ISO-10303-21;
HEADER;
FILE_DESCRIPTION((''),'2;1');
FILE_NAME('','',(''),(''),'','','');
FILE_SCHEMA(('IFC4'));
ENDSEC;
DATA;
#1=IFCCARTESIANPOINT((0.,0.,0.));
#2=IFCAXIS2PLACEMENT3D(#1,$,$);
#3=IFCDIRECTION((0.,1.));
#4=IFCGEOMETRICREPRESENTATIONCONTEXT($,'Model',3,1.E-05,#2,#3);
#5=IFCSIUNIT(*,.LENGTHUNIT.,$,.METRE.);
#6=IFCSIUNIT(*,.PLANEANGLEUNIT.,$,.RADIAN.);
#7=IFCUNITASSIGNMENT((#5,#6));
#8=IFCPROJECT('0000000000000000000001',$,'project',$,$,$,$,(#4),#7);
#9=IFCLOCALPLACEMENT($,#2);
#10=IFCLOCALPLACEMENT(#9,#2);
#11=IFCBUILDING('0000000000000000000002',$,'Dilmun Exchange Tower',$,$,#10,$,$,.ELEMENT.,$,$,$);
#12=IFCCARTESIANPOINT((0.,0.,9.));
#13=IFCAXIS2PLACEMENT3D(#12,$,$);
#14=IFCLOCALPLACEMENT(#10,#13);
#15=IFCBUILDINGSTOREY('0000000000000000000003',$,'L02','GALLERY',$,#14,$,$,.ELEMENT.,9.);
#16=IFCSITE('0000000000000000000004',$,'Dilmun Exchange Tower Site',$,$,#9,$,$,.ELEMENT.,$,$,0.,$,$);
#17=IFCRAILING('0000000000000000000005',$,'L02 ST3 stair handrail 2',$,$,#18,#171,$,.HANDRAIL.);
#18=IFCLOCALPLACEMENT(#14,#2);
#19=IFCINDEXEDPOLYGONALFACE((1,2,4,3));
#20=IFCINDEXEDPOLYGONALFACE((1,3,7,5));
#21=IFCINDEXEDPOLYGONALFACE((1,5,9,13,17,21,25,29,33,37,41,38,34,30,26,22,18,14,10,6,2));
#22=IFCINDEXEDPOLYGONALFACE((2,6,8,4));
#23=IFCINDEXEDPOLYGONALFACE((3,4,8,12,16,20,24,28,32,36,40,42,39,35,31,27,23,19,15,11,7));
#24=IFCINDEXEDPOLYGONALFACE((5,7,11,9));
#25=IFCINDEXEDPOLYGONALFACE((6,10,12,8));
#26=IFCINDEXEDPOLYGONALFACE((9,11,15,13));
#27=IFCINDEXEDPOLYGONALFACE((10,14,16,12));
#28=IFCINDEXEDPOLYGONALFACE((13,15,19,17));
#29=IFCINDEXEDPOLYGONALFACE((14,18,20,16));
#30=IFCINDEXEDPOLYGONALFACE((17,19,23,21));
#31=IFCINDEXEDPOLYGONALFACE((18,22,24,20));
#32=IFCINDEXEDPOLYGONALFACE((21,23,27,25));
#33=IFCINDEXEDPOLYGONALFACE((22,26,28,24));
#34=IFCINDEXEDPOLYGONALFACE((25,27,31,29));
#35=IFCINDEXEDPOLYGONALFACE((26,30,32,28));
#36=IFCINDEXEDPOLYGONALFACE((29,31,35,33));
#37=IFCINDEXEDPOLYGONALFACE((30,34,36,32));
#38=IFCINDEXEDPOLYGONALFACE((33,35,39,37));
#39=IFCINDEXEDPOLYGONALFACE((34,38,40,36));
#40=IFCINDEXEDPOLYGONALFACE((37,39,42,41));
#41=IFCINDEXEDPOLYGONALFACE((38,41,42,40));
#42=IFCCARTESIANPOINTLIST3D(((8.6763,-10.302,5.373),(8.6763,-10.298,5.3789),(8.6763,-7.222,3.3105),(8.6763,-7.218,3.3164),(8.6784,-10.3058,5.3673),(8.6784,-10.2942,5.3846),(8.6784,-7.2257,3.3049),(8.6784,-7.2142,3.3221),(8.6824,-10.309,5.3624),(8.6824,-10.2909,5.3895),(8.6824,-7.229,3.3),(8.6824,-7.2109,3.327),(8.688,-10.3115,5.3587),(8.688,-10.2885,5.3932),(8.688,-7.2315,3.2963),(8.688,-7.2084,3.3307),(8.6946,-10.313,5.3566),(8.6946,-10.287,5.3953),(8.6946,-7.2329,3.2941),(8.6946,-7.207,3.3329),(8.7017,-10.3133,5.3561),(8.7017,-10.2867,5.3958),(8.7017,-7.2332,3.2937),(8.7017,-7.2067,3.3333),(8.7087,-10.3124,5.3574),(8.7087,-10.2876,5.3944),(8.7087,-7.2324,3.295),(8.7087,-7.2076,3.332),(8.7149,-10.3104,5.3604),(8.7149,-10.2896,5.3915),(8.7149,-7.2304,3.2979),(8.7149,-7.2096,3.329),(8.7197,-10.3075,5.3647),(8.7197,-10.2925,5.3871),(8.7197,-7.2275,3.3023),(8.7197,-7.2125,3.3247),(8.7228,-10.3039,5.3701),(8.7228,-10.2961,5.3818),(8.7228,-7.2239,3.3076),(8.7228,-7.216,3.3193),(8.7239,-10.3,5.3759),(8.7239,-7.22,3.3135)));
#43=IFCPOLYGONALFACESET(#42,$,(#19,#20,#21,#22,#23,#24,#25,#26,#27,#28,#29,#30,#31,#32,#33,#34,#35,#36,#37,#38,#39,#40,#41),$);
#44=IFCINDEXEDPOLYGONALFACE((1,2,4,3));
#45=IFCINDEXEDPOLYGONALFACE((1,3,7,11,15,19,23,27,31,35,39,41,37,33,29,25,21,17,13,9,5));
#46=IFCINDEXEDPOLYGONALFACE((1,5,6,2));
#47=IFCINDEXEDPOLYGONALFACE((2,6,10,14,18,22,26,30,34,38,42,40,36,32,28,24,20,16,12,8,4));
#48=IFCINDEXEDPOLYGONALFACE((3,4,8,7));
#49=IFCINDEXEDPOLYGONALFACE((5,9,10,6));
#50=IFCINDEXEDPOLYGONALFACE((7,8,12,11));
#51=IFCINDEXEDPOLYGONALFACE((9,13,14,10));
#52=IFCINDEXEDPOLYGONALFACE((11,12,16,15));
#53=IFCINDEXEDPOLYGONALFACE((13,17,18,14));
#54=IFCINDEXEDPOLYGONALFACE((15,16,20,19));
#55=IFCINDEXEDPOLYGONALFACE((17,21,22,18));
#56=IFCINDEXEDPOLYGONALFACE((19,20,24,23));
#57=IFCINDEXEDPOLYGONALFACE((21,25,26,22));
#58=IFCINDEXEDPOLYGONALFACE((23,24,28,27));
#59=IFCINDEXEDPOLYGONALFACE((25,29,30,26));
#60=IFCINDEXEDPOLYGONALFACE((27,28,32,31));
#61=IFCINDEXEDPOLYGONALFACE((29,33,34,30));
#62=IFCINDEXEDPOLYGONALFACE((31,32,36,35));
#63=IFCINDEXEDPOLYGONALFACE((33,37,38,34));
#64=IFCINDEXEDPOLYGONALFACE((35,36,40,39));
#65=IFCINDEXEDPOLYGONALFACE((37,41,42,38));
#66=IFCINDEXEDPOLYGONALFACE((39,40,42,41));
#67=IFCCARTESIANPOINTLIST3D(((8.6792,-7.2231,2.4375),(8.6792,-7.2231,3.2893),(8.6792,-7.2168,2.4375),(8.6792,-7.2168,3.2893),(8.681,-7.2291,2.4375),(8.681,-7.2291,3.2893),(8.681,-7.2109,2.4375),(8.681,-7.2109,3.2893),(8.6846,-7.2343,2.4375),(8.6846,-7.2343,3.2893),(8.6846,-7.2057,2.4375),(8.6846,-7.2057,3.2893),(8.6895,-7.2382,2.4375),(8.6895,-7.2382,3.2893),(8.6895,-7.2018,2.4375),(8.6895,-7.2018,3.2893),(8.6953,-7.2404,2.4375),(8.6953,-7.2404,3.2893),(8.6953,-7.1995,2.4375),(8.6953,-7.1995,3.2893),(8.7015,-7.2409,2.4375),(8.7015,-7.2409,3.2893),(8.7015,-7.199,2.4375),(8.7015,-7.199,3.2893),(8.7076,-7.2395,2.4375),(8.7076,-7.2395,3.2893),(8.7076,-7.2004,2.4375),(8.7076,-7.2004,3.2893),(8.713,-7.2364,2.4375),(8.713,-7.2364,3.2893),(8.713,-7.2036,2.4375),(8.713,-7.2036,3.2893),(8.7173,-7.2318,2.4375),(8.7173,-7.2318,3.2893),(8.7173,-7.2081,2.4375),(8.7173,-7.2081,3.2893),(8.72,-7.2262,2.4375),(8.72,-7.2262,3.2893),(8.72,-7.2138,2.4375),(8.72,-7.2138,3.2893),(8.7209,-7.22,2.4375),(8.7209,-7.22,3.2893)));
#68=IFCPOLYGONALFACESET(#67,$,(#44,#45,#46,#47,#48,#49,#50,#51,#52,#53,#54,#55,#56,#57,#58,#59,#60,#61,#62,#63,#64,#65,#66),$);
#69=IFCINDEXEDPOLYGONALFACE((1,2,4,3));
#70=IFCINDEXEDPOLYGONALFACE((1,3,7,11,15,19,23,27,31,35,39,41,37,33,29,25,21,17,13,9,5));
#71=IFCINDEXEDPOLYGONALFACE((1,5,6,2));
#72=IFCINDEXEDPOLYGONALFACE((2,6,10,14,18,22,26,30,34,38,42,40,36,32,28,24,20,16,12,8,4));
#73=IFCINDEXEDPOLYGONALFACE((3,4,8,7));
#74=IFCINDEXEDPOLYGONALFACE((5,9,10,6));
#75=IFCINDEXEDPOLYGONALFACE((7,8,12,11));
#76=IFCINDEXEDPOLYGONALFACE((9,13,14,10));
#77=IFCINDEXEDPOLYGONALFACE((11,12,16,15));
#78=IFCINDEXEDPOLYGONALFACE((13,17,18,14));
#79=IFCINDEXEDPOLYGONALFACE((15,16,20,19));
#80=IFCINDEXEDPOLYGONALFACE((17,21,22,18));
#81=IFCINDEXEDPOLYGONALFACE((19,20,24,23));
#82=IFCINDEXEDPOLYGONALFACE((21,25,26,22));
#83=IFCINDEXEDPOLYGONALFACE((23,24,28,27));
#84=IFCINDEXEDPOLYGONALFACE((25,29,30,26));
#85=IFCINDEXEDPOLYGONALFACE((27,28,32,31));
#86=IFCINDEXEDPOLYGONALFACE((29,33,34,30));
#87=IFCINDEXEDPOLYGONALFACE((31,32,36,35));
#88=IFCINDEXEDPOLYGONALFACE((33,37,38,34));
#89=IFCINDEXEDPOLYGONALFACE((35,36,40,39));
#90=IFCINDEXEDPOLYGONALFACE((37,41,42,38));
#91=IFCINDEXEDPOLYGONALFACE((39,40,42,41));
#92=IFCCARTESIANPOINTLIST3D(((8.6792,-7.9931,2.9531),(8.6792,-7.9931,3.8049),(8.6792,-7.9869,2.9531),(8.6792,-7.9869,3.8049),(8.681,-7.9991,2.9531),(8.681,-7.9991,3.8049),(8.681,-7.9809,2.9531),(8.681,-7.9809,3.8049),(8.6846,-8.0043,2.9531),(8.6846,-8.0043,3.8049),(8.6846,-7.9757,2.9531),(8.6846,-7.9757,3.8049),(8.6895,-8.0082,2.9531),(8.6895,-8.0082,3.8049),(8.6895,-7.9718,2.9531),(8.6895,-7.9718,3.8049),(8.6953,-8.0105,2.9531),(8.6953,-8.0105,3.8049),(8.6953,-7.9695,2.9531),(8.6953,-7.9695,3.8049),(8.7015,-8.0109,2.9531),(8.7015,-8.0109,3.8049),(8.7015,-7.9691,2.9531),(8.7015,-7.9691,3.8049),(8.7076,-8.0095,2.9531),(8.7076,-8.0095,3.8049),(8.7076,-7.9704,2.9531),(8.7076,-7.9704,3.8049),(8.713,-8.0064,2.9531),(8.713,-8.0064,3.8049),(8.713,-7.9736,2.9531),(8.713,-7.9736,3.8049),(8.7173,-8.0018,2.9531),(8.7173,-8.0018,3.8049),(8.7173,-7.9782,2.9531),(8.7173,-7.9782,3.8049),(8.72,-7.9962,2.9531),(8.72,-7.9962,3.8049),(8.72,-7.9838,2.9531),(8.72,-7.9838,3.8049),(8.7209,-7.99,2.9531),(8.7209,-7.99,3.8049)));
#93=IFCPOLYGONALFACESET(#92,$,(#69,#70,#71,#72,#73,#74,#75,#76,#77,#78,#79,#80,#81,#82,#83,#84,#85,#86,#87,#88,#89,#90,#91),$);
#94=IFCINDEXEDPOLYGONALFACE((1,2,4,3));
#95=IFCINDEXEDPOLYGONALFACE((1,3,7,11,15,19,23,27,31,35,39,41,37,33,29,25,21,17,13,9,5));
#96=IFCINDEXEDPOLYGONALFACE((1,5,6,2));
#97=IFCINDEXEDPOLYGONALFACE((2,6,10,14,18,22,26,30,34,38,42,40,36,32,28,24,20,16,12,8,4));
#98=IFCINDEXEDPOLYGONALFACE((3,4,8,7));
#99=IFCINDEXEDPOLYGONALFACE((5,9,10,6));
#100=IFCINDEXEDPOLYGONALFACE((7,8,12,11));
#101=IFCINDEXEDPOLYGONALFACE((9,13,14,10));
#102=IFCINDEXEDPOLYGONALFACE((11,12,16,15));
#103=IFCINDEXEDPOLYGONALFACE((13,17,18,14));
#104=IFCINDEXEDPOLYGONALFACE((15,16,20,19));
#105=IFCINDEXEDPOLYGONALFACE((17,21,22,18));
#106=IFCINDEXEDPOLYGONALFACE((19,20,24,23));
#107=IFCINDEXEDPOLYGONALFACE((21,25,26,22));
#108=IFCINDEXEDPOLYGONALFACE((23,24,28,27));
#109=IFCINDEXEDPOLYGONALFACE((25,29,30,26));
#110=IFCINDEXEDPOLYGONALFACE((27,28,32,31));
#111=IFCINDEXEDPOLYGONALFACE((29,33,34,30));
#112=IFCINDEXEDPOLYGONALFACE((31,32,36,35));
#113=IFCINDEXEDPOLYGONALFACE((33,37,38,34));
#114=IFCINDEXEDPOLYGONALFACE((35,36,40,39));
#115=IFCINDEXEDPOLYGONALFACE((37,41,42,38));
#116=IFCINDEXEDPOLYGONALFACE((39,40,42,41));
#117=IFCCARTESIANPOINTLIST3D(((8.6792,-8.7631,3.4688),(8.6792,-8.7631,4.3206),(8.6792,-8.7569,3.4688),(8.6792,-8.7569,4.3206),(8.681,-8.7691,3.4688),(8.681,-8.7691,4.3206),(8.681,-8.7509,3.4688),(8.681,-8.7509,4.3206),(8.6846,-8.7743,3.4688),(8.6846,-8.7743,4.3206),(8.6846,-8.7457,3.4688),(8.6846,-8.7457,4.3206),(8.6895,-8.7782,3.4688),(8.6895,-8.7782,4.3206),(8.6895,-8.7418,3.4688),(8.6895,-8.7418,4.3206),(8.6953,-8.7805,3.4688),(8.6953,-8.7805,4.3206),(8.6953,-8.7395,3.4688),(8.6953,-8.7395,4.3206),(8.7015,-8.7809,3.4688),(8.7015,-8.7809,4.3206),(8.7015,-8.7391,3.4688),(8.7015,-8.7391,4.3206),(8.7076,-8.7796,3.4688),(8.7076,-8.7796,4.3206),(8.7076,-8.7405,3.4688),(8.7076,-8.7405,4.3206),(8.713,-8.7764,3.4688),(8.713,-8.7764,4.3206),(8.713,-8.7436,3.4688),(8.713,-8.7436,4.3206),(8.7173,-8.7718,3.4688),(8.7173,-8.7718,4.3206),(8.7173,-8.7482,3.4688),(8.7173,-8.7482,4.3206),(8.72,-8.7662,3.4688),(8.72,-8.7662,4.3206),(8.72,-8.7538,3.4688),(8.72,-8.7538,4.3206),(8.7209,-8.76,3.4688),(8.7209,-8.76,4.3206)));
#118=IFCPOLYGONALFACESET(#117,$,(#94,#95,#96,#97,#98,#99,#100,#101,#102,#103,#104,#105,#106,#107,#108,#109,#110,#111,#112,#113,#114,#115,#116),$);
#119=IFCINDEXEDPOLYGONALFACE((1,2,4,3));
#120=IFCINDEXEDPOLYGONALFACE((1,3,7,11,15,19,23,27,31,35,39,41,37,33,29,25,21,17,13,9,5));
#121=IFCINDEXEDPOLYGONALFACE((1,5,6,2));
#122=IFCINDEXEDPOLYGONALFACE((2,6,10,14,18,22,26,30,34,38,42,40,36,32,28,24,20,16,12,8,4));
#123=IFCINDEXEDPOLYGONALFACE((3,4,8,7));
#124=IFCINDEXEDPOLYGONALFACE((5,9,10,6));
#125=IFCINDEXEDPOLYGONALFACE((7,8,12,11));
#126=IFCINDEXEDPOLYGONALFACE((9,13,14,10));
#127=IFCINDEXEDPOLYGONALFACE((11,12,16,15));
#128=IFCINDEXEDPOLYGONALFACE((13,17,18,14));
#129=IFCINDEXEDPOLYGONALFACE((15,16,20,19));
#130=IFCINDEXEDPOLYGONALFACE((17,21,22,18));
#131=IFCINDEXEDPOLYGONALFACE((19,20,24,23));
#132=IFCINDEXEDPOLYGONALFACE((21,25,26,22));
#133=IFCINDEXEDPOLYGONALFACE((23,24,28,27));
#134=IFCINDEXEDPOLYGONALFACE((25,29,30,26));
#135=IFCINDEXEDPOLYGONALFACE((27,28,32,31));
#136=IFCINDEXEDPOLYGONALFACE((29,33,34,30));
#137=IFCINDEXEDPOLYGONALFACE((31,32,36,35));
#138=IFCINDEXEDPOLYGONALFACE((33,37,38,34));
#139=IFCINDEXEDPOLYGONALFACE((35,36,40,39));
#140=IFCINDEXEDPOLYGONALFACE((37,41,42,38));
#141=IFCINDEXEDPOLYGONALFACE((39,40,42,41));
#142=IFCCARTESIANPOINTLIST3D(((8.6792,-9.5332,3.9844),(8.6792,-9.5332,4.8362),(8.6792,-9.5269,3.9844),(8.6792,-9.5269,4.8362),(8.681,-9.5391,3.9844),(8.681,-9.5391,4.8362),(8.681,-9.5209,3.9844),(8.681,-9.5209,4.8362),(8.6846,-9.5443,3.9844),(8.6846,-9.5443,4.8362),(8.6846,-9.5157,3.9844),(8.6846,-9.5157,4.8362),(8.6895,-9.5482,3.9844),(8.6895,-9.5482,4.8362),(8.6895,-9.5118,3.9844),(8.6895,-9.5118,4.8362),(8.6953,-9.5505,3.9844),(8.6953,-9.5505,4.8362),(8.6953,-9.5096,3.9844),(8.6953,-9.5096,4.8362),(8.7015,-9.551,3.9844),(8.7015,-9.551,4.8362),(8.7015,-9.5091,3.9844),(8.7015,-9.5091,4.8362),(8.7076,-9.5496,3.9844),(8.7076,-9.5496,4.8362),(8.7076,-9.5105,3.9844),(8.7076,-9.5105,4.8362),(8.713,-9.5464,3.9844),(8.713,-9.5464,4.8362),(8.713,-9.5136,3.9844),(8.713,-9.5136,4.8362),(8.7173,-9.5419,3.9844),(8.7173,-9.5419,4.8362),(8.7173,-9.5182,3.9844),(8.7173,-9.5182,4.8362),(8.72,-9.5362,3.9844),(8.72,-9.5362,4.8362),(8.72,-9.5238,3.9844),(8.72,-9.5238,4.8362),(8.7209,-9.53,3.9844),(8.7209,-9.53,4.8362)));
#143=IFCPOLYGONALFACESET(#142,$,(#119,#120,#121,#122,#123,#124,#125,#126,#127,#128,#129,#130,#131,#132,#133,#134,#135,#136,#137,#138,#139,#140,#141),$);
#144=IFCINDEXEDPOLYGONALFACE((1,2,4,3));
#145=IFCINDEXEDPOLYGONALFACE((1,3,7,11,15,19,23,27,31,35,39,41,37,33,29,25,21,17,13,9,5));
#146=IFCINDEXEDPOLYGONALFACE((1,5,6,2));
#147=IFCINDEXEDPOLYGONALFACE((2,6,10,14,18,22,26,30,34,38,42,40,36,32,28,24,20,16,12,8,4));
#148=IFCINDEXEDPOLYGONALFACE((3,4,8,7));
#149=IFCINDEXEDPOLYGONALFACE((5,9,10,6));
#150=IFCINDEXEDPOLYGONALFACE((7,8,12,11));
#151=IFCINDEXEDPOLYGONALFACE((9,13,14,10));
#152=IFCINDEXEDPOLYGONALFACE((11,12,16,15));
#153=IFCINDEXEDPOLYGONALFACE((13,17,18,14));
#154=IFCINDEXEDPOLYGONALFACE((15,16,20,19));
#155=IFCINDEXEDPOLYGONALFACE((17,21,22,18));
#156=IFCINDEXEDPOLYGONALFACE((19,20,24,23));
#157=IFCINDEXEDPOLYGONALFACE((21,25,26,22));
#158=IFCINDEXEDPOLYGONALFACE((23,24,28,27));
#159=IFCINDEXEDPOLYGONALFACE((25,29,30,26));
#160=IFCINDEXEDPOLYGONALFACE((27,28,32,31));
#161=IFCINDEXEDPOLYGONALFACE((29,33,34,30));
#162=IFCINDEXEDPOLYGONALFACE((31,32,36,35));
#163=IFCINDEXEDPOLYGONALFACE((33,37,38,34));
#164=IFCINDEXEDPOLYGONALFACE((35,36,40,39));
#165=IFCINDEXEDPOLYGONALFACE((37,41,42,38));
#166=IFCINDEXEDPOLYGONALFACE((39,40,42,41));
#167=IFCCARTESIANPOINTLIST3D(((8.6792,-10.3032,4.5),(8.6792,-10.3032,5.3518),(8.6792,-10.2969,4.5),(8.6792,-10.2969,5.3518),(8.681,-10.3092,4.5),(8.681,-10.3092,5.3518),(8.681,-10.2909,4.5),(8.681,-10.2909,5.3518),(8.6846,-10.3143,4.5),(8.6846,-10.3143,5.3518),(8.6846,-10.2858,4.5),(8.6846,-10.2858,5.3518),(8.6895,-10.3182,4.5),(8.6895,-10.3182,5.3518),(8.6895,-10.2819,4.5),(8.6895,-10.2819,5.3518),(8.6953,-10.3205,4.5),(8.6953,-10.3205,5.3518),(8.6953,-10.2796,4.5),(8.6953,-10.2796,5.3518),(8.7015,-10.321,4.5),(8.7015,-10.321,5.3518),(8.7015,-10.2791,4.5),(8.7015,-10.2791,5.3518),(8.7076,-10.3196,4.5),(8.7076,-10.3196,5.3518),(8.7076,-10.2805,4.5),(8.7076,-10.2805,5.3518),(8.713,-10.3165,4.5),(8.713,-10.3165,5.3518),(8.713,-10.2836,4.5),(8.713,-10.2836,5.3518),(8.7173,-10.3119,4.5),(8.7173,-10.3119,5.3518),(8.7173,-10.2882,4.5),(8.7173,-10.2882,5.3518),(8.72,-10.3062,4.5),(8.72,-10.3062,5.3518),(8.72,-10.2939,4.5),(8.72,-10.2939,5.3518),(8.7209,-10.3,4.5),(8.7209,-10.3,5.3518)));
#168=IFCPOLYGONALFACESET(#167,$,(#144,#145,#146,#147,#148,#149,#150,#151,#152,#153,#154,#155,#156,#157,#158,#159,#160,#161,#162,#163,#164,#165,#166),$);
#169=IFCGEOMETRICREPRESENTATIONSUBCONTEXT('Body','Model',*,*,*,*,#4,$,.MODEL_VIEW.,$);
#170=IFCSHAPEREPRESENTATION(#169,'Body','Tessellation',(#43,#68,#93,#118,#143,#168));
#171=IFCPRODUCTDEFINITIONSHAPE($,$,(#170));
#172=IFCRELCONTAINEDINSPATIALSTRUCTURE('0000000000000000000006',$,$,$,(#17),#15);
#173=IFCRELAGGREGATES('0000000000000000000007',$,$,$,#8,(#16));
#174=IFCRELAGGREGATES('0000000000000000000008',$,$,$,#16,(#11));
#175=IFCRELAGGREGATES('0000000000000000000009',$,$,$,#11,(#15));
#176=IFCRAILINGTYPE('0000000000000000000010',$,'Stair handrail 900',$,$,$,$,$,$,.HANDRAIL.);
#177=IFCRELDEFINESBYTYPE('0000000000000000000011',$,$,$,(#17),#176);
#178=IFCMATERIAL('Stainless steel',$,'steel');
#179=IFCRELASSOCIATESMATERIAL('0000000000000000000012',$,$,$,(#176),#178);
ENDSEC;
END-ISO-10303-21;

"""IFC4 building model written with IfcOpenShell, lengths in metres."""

from ifc_helpers import new_model, si_unit, direction, frame, origin, origin_2d, place, context, subcontext, project, spatial, circle, extrude, material, type_object, element, save


model = new_model("IFC4")

# Units and contexts
model_context = context("Model", 3, precision=1e-05, world=origin(), true_north=direction((0.0, 1.0)))
body_context = subcontext(model_context, "Body", "Model", "MODEL_VIEW")
ifc_project = project(units=[si_unit("LENGTHUNIT", "METRE"), si_unit("PLANEANGLEUNIT", "RADIAN")], contexts=[model_context])

# Site, building, storey
site_placement = place(None, origin())
site = spatial("IfcSite", under=ifc_project, at=site_placement, Name="Dilmun Exchange Tower Site", CompositionType="ELEMENT", RefElevation=0.0)
building_placement = place(site_placement, origin())
building = spatial("IfcBuilding", under=site, at=building_placement, Name="Dilmun Exchange Tower", CompositionType="ELEMENT")
storey_placement = place(building_placement, frame((0.0, 0.0, 9.0)))
storey = spatial("IfcBuildingStorey", under=building, at=storey_placement, Name="L02", Description="GALLERY", CompositionType="ELEMENT", Elevation=9.0)

# Railing
ifc_material_1 = material(Name="Stainless steel", Category="steel")
railing_type_1 = type_object("IfcRailingType", Name="Stair handrail 900", PredefinedType="HANDRAIL", material=ifc_material_1)
railing_1_placement = place(storey_placement, frame((8.7, -7.22, 2.4375)))
element("IfcRailing", 1, at=railing_1_placement, inside=storey, type_object=railing_type_1, Name="L02 ST3 stair handrail 2", PredefinedType="HANDRAIL", context=body_context, shape_type="SweptSolid", body=[
    extrude(circle(Radius=0.0239, at=origin_2d()), frame((0.0, 0.0, 0.876), z_axis=(0.0, -0.830914, 0.556401), x_axis=(1.0, 0.0, 0.0)), (0.0, 0.0, 1.0), 3.7068),
    extrude(circle(Radius=0.021, at=origin_2d()), origin(), (0.0, 0.0, 1.0), 0.8518),
    extrude(circle(Radius=0.021, at=origin_2d()), frame((0.0, -0.77, 0.5156)), (0.0, 0.0, 1.0), 0.8518),
    extrude(circle(Radius=0.021, at=origin_2d()), frame((0.0, -1.54, 1.0312)), (0.0, 0.0, 1.0), 0.8518),
    extrude(circle(Radius=0.021, at=origin_2d()), frame((0.0, -2.3101, 1.5469)), (0.0, 0.0, 1.0), 0.8518),
    extrude(circle(Radius=0.021, at=origin_2d()), frame((0.0, -3.0801, 2.0625)), (0.0, 0.0, 1.0), 0.8518),
])

save(model, "model.ifc")
